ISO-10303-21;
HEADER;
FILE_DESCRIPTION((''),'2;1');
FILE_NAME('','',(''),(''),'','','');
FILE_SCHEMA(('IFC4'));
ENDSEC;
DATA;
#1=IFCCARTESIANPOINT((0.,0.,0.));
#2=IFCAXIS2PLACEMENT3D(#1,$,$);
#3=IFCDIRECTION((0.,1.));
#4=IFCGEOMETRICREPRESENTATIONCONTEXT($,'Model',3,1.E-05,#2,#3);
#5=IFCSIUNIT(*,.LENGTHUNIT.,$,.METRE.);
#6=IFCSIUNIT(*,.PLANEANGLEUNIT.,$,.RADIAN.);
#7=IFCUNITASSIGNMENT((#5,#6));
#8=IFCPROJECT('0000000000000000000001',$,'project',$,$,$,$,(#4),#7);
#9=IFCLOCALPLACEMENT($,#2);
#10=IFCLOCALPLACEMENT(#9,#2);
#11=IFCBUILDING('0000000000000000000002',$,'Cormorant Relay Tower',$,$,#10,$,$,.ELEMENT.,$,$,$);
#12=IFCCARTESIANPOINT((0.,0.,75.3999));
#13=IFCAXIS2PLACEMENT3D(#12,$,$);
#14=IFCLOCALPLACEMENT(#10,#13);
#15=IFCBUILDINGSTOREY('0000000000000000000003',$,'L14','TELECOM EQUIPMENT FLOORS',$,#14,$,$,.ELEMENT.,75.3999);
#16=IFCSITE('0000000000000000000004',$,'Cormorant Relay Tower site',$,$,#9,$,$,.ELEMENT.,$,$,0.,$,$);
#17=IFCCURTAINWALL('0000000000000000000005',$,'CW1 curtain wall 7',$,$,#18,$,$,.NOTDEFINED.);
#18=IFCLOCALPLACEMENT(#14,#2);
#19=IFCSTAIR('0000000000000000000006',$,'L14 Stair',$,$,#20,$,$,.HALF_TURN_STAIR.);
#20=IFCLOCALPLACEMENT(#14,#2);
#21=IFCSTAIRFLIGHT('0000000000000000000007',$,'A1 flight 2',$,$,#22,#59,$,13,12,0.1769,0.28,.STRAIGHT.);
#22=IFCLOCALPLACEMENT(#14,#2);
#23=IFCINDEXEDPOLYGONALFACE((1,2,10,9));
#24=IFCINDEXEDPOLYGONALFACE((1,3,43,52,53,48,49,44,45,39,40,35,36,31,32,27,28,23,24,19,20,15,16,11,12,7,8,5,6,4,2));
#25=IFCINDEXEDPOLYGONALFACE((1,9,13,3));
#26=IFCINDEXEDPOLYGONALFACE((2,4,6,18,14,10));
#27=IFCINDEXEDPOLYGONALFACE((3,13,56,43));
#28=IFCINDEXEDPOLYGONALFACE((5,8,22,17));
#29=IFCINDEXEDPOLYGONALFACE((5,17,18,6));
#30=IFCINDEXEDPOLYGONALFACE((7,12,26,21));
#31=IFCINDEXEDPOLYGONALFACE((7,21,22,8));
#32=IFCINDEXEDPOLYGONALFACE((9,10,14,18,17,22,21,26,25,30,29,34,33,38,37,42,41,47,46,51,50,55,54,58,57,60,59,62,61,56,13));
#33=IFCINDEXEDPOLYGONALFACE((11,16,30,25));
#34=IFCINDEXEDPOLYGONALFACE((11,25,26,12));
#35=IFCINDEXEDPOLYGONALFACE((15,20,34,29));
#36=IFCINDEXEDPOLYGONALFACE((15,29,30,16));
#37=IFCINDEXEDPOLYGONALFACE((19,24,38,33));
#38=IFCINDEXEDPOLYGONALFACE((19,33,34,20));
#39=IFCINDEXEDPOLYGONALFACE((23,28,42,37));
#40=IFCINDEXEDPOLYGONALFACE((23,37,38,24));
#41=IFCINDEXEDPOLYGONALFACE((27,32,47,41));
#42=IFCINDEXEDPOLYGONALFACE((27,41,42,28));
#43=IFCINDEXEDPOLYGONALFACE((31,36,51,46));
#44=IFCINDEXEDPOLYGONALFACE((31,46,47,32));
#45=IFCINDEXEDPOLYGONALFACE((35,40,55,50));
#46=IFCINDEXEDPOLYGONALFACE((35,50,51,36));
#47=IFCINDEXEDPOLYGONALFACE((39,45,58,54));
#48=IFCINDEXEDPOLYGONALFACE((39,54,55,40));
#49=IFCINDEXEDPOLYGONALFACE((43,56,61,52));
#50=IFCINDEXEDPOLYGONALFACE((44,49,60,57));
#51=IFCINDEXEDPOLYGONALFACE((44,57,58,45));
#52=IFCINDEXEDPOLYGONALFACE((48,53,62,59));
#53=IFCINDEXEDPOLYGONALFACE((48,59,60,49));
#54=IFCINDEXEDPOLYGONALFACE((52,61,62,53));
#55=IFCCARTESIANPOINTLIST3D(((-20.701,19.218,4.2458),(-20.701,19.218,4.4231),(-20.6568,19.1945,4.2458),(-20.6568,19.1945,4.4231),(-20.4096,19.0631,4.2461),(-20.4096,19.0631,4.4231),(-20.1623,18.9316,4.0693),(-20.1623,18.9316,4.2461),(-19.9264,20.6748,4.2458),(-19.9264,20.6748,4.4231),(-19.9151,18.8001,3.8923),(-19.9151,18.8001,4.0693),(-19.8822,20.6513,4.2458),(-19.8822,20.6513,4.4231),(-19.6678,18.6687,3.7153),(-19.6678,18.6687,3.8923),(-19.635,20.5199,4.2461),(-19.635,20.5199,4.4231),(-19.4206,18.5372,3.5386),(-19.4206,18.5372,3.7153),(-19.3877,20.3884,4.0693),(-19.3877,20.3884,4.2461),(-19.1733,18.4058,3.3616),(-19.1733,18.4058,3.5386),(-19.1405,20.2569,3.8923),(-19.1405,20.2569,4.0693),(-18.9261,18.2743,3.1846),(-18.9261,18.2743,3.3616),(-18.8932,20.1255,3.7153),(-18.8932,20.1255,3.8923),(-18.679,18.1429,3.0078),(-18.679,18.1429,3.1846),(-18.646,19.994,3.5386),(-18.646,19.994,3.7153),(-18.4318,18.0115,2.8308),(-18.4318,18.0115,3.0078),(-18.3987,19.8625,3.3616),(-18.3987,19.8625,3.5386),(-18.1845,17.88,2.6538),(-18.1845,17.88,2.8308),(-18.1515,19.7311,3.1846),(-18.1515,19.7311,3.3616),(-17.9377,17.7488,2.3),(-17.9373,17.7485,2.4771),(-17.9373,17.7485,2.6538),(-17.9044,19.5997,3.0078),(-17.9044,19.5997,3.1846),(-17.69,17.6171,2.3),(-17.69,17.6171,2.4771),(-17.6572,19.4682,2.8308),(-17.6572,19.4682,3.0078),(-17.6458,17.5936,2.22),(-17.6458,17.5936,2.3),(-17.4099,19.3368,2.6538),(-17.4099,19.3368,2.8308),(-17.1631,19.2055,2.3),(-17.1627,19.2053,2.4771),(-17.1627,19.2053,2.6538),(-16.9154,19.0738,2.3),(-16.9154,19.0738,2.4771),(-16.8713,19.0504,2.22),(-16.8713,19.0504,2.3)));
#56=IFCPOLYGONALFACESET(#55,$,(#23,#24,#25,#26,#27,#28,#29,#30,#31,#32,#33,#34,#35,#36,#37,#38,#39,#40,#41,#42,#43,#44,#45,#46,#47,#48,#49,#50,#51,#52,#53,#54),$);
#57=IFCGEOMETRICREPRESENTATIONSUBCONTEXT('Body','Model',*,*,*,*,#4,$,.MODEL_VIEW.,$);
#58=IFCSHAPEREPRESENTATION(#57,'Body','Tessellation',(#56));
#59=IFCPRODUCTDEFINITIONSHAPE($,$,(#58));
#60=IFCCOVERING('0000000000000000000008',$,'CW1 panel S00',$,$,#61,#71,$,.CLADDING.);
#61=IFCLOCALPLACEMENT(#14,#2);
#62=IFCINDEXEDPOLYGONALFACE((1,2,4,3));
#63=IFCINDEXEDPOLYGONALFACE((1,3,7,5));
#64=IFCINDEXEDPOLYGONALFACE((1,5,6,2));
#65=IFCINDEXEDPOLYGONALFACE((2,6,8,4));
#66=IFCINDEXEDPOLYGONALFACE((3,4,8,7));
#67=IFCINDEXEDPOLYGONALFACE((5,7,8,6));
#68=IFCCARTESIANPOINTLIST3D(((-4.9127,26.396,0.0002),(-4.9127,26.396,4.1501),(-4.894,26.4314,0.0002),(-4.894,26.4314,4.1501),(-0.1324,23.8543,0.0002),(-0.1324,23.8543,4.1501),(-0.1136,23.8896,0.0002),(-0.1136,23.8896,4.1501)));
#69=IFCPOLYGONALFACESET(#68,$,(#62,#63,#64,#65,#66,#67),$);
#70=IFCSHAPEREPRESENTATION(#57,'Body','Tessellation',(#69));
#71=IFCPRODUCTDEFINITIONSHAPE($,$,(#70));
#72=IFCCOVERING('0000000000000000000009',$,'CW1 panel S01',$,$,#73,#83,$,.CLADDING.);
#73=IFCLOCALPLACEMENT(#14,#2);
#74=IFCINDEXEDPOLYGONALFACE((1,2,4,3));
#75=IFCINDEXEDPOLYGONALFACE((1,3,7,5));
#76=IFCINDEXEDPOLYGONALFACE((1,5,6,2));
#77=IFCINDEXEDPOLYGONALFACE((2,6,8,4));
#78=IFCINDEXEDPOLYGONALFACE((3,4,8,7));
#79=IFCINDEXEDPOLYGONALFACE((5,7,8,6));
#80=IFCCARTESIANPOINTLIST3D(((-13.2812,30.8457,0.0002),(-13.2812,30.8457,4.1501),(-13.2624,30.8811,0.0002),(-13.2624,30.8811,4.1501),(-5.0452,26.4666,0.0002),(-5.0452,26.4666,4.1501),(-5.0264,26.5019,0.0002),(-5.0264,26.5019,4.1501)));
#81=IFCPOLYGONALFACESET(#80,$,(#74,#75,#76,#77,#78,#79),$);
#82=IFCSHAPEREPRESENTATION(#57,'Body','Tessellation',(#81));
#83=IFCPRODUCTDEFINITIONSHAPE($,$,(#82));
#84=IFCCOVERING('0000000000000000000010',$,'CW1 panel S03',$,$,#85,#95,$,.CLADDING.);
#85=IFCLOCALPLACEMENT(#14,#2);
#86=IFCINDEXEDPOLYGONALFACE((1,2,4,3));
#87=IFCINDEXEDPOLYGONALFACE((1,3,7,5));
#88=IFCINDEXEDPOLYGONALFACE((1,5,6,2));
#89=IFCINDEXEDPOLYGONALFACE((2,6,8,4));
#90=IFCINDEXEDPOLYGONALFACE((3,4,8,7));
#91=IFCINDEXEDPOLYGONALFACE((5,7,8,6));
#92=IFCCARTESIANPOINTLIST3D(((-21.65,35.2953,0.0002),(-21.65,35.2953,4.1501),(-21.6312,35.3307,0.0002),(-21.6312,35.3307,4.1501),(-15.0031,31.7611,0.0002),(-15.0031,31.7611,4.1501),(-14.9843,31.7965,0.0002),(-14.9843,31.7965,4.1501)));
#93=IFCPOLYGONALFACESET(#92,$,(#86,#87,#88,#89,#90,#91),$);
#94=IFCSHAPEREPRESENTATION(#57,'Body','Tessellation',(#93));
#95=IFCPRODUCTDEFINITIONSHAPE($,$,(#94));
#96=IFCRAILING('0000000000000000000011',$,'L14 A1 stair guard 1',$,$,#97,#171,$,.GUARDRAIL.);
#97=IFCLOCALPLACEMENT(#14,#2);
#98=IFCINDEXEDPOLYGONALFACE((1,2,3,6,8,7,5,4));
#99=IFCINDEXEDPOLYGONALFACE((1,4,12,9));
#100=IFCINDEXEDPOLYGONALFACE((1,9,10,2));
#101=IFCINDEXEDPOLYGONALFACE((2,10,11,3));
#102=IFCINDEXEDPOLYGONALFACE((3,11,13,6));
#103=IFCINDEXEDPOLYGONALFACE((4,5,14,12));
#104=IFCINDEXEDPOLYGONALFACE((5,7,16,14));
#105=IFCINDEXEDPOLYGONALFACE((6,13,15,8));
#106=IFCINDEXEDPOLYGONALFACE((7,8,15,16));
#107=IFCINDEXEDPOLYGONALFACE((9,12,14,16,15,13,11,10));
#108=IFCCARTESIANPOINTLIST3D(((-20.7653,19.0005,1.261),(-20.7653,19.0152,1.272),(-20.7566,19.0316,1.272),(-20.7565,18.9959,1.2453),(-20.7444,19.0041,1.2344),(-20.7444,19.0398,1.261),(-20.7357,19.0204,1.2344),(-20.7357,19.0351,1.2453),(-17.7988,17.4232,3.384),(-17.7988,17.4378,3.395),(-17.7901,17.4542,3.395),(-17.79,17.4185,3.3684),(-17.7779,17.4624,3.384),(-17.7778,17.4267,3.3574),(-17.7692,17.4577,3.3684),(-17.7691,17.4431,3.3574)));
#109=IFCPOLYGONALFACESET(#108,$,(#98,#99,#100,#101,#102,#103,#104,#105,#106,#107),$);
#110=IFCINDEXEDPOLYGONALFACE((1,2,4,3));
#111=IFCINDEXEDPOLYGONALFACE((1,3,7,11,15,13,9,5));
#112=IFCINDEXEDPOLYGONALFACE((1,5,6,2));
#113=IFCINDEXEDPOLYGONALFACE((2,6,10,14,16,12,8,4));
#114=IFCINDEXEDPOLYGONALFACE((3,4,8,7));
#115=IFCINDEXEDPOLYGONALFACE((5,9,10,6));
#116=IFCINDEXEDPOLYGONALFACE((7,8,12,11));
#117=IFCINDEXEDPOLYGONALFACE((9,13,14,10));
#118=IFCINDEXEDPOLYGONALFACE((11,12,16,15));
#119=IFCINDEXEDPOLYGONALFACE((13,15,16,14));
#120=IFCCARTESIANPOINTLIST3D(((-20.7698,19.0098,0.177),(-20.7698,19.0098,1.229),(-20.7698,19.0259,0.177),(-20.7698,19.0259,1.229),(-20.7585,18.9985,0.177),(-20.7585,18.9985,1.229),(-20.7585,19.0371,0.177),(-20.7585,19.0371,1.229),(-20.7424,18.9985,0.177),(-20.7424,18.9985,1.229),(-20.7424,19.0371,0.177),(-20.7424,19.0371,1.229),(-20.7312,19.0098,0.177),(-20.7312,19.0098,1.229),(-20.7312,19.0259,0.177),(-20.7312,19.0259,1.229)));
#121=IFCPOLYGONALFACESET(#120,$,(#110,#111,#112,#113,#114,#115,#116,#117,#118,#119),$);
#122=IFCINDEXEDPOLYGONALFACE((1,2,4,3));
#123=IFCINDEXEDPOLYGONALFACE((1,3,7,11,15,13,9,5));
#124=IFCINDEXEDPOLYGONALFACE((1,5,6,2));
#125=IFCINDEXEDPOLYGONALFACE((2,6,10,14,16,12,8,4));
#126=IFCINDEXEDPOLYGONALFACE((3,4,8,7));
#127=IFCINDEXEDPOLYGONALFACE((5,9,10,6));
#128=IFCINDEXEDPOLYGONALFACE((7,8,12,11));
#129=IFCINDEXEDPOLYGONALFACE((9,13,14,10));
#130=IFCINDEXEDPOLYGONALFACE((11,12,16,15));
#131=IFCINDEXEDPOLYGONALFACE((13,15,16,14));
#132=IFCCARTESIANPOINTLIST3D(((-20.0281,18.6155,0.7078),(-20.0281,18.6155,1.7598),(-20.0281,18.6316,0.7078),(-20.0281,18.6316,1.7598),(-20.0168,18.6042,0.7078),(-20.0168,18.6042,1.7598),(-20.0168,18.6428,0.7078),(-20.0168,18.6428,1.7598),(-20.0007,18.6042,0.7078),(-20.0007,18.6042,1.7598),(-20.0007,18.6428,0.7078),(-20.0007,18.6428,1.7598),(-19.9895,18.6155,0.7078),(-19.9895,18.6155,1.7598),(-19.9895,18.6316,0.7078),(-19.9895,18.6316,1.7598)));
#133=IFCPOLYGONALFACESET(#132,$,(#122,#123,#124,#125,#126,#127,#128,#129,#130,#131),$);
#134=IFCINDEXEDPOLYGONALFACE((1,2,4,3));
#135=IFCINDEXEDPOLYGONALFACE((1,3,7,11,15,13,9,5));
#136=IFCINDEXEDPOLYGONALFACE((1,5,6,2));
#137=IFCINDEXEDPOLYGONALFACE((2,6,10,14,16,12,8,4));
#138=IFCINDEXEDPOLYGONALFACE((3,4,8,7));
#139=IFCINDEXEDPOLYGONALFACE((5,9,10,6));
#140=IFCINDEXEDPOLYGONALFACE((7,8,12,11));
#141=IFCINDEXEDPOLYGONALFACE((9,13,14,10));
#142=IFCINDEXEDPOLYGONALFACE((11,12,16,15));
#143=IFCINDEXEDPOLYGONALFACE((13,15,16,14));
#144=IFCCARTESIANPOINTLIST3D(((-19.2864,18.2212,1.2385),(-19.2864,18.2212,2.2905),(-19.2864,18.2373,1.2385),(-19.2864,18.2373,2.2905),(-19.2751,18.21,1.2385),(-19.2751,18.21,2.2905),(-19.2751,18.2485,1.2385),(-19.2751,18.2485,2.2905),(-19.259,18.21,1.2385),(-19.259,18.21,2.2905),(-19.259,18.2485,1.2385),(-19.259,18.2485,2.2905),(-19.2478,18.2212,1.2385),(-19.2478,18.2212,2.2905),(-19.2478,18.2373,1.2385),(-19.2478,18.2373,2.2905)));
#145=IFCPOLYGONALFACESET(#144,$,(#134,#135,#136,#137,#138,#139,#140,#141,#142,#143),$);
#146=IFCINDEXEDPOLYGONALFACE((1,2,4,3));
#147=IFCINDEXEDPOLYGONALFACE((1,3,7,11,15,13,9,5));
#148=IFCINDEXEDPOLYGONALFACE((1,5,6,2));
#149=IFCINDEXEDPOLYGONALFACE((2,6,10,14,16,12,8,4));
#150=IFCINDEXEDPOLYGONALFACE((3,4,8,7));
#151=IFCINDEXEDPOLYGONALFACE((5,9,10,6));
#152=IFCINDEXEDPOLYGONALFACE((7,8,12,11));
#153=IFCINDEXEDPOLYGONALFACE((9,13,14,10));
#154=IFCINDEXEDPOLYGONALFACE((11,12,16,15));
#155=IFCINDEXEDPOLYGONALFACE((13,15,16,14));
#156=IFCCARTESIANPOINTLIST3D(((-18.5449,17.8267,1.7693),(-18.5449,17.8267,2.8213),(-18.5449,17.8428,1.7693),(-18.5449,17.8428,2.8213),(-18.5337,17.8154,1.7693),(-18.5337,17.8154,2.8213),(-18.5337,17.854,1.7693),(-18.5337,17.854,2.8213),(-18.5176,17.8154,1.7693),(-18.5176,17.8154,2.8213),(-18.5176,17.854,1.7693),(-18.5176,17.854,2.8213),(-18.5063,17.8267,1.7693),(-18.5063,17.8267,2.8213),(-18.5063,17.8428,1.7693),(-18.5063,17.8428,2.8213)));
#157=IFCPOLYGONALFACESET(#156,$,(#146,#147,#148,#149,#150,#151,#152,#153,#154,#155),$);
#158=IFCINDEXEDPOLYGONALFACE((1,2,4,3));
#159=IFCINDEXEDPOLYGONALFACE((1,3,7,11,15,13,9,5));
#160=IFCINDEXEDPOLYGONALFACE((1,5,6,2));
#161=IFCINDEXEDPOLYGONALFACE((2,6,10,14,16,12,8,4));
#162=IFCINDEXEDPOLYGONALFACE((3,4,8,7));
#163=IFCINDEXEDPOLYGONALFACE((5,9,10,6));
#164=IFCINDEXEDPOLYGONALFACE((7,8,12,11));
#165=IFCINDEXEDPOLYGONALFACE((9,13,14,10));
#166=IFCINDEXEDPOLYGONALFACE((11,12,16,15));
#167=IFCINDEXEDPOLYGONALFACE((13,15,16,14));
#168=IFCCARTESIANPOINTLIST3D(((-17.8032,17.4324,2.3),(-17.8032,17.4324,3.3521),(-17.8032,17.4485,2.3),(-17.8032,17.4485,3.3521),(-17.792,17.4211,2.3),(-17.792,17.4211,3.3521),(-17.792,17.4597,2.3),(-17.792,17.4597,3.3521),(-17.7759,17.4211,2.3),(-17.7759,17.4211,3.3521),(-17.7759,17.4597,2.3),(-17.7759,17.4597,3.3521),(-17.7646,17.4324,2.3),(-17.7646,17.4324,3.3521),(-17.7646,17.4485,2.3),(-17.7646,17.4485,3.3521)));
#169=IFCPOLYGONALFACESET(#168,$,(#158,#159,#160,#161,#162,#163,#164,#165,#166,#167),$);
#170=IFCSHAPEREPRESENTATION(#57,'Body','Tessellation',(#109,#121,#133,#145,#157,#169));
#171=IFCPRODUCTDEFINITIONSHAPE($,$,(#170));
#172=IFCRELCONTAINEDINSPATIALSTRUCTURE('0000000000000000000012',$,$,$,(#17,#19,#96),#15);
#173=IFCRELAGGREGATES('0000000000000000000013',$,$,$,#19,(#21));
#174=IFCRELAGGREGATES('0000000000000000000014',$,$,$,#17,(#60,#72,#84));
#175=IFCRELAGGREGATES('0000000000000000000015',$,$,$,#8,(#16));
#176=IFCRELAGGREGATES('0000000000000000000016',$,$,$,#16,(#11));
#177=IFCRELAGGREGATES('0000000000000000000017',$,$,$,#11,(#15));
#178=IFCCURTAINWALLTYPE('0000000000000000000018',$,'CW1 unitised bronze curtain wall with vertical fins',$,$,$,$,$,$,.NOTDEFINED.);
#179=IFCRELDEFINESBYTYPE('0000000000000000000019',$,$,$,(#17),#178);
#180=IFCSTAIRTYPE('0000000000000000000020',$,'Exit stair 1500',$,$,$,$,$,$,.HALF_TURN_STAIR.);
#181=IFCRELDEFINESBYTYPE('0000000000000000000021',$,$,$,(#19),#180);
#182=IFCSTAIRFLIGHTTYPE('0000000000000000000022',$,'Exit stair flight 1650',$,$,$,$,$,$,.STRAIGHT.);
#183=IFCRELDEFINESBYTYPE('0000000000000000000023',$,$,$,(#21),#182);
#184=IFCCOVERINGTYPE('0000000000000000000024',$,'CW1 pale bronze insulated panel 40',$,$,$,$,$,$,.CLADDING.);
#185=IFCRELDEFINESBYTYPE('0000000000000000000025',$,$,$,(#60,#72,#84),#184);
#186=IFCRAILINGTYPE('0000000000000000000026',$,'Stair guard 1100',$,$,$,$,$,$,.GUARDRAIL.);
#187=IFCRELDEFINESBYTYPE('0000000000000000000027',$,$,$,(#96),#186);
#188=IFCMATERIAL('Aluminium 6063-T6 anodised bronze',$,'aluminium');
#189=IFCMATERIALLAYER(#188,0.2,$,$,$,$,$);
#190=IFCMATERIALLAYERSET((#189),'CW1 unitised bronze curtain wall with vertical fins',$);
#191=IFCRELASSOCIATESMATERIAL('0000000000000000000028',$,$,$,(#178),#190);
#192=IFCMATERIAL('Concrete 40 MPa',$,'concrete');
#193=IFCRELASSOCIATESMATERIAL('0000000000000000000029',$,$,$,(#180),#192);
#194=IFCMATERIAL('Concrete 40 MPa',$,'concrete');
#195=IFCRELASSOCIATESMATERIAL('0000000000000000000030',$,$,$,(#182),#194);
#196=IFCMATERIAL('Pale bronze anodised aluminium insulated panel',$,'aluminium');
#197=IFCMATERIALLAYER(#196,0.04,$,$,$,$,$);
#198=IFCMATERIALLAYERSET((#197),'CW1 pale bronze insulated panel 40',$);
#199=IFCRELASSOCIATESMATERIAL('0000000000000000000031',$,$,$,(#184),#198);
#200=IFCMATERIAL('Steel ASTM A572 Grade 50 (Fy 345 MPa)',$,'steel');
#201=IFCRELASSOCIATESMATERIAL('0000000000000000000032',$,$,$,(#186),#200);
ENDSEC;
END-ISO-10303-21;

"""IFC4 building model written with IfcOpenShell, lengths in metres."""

from ifc_helpers import new_model, si_unit, direction, frame, origin, origin_2d, place, context, subcontext, project, spatial, polyline, rectangle, outline, extrude, material, layer, layer_set, type_object, element, aggregate, save


model = new_model("IFC4")

# Units and contexts
model_context = context("Model", 3, precision=1e-05, world=origin(), true_north=direction((0.0, 1.0)))
body_context = subcontext(model_context, "Body", "Model", "MODEL_VIEW")
ifc_project = project(units=[si_unit("LENGTHUNIT", "METRE"), si_unit("PLANEANGLEUNIT", "RADIAN")], contexts=[model_context])

# Site, building, storey
site_placement = place(None, origin())
site = spatial("IfcSite", under=ifc_project, at=site_placement, Name="Cormorant Relay Tower site", CompositionType="ELEMENT", RefElevation=0.0)
building_placement = place(site_placement, origin())
building = spatial("IfcBuilding", under=site, at=building_placement, Name="Cormorant Relay Tower", CompositionType="ELEMENT")
storey_placement = place(building_placement, frame((0.0, 0.0, 75.3999)))
storey = spatial("IfcBuildingStorey", under=building, at=storey_placement, Name="L14", Description="TELECOM EQUIPMENT FLOORS", CompositionType="ELEMENT", Elevation=75.3999)

# Curtain wall
ifc_material_1 = material(Name="Aluminium 6063-T6 anodised bronze", Category="aluminium")
ifc_layer_1 = layer(ifc_material_1, 0.2)
ifc_layer_set_1 = layer_set([ifc_layer_1], Name="CW1 unitised bronze curtain wall with vertical fins")
curtain_wall_type = type_object("IfcCurtainWallType", Name="CW1 unitised bronze curtain wall with vertical fins", PredefinedType="NOTDEFINED", material=ifc_layer_set_1)
curtain_wall_placement = place(storey_placement, origin())
curtain_wall = element("IfcCurtainWall", 1, at=curtain_wall_placement, inside=storey, type_object=curtain_wall_type, Name="CW1 curtain wall 7", PredefinedType="NOTDEFINED")

# Stair, stair flight
ifc_material_2 = material(Name="Concrete 40 MPa", Category="concrete")
stair_type = type_object("IfcStairType", Name="Exit stair 1500", PredefinedType="HALF_TURN_STAIR", material=ifc_material_2)
stair_placement = place(storey_placement, origin())
stair = element("IfcStair", 2, at=stair_placement, inside=storey, type_object=stair_type, Name="L14 Stair", PredefinedType="HALF_TURN_STAIR")
ifc_material_3 = material(Name="Concrete 40 MPa", Category="concrete")
stair_flight_type = type_object("IfcStairFlightType", Name="Exit stair flight 1650", PredefinedType="STRAIGHT", material=ifc_material_3)
stair_flight_placement = place(storey_placement, frame((-17.3027, 18.3455, 2.3), z_axis=(0.0, 0.0, 1.0), x_axis=(-0.882948, 0.469472, 0.0)))
stair_flight = element("IfcStairFlight", 3, at=stair_flight_placement, type_object=stair_flight_type, Name="A1 flight 2", NumberOfRisers=13, NumberOfTreads=12, PredefinedType="STRAIGHT", RiserHeight=0.1769, TreadLength=0.28, context=body_context, shape_type="SweptSolid", body=[
    extrude(outline(polyline([(-0.05, -0.0801), (-0.05, 0.0), (0.0, 0.0), (0.0, 0.177), (0.28, 0.177), (0.28, 0.3538), (0.5601, 0.3538), (0.5601, 0.5308), (0.8401, 0.5308), (0.8401, 0.7078), (1.1201, 0.7078), (1.1201, 0.8845), (1.3999, 0.8845), (1.3999, 1.0615), (1.6799, 1.0615), (1.6799, 1.2385), (1.96, 1.2385), (1.96, 1.4153), (2.24, 1.4153), (2.24, 1.5923), (2.52, 1.5923), (2.52, 1.7693), (2.8, 1.7693), (2.8, 1.946), (3.0801, 1.946), (3.0801, 2.123), (3.3601, 2.123), (3.4102, 2.123), (3.4102, 1.9458), (3.3601, 1.9458), (0.2805, 0.0), (-0.05, -0.0801)])), frame((0.0, 0.825, 0.0), z_axis=(0.0, -1.0, 0.0), x_axis=(1.0, 0.0, 0.0)), (0.0, 0.0, 1.0), 1.6499),
])
aggregate(stair, [stair_flight])

# Coverings
ifc_material_4 = material(Name="Pale bronze anodised aluminium insulated panel", Category="aluminium")
ifc_layer_2 = layer(ifc_material_4, 0.04)
ifc_layer_set_2 = layer_set([ifc_layer_2], Name="CW1 pale bronze insulated panel 40")
covering_type = type_object("IfcCoveringType", Name="CW1 pale bronze insulated panel 40", PredefinedType="CLADDING", material=ifc_layer_set_2)
covering_1_placement = place(storey_placement, frame((-2.5132, 25.1428, 0.0002), z_axis=(0.0, 0.0, 1.0), x_axis=(-0.882948, 0.469472, 0.0)))
covering_1 = element("IfcCovering", 4, at=covering_1_placement, type_object=covering_type, Name="CW1 panel S00", PredefinedType="CLADDING", context=body_context, shape_type="SweptSolid", body=[
    extrude(rectangle(XDim=5.4141, YDim=0.04, at=origin_2d()), origin(), (0.0, 0.0, 1.0), 4.1499),
])
covering_2_placement = place(storey_placement, frame((-9.1538, 28.6738, 0.0002), z_axis=(0.0, 0.0, 1.0), x_axis=(-0.882948, 0.469472, 0.0)))
covering_2 = element("IfcCovering", 5, at=covering_2_placement, type_object=covering_type, Name="CW1 panel S01", PredefinedType="CLADDING", context=body_context, shape_type="SweptSolid", body=[
    extrude(rectangle(XDim=9.3279, YDim=0.04, at=origin_2d()), origin(), (0.0, 0.0, 1.0), 4.1499),
])
covering_3_placement = place(storey_placement, frame((-18.3171, 33.5459, 0.0002), z_axis=(0.0, 0.0, 1.0), x_axis=(-0.882948, 0.469472, 0.0)))
covering_3 = element("IfcCovering", 6, at=covering_3_placement, type_object=covering_type, Name="CW1 panel S03", PredefinedType="CLADDING", context=body_context, shape_type="SweptSolid", body=[
    extrude(rectangle(XDim=7.5281, YDim=0.04, at=origin_2d()), origin(), (0.0, 0.0, 1.0), 4.1499),
])
aggregate(curtain_wall, [covering_1, covering_2, covering_3])

# Railing
ifc_material_5 = material(Name="Steel ASTM A572 Grade 50 (Fy 345 MPa)", Category="steel")
railing_type_1 = type_object("IfcRailingType", Name="Stair guard 1100", PredefinedType="GUARDRAIL", material=ifc_material_5)
railing_1_placement = place(storey_placement, frame((-20.7505, 19.0178, 0.177)))
element("IfcRailing", 7, at=railing_1_placement, inside=storey, type_object=railing_type_1, Name="L14 A1 stair guard 1", PredefinedType="GUARDRAIL", context=body_context, shape_type="SweptSolid", body=[
    extrude(outline(polyline([(0.0222, 0.0093), (0.0093, 0.0222), (-0.0093, 0.0222), (-0.0222, 0.0093), (-0.0222, -0.0093), (-0.0093, -0.0222), (0.0093, -0.0222), (0.0222, -0.0093), (0.0222, 0.0093)])), frame((0.0, 0.0, 1.0762), z_axis=(0.746413, -0.396887, 0.534179), x_axis=(0.469483, 0.882942, 0.0)), (0.0, 0.0, 1.0), 3.9744),
    extrude(outline(polyline([(0.0193, 0.0081), (0.0081, 0.0193), (-0.0081, 0.0193), (-0.0193, 0.0081), (-0.0193, -0.0081), (-0.0081, -0.0193), (0.0081, -0.0193), (0.0193, -0.0081), (0.0193, 0.0081)])), origin(), (0.0, 0.0, 1.0), 1.052),
    extrude(outline(polyline([(0.0193, 0.0081), (0.0081, 0.0193), (-0.0081, 0.0193), (-0.0193, 0.0081), (-0.0193, -0.0081), (-0.0081, -0.0193), (0.0081, -0.0193), (0.0193, -0.0081), (0.0193, 0.0081)])), frame((0.7417, -0.3943, 0.5308)), (0.0, 0.0, 1.0), 1.052),
    extrude(outline(polyline([(0.0193, 0.0081), (0.0081, 0.0193), (-0.0081, 0.0193), (-0.0193, 0.0081), (-0.0193, -0.0081), (-0.0081, -0.0193), (0.0081, -0.0193), (0.0193, -0.0081), (0.0193, 0.0081)])), frame((1.4834, -0.7886, 1.0615)), (0.0, 0.0, 1.0), 1.052),
    extrude(outline(polyline([(0.0193, 0.0081), (0.0081, 0.0193), (-0.0081, 0.0193), (-0.0193, 0.0081), (-0.0193, -0.0081), (-0.0081, -0.0193), (0.0081, -0.0193), (0.0193, -0.0081), (0.0193, 0.0081)])), frame((2.2249, -1.1831, 1.5923)), (0.0, 0.0, 1.0), 1.052),
    extrude(outline(polyline([(0.0193, 0.0081), (0.0081, 0.0193), (-0.0081, 0.0193), (-0.0193, 0.0081), (-0.0193, -0.0081), (-0.0081, -0.0193), (0.0081, -0.0193), (0.0193, -0.0081), (0.0193, 0.0081)])), frame((2.9666, -1.5774, 2.123)), (0.0, 0.0, 1.0), 1.052),
])

save(model, "model.ifc")
